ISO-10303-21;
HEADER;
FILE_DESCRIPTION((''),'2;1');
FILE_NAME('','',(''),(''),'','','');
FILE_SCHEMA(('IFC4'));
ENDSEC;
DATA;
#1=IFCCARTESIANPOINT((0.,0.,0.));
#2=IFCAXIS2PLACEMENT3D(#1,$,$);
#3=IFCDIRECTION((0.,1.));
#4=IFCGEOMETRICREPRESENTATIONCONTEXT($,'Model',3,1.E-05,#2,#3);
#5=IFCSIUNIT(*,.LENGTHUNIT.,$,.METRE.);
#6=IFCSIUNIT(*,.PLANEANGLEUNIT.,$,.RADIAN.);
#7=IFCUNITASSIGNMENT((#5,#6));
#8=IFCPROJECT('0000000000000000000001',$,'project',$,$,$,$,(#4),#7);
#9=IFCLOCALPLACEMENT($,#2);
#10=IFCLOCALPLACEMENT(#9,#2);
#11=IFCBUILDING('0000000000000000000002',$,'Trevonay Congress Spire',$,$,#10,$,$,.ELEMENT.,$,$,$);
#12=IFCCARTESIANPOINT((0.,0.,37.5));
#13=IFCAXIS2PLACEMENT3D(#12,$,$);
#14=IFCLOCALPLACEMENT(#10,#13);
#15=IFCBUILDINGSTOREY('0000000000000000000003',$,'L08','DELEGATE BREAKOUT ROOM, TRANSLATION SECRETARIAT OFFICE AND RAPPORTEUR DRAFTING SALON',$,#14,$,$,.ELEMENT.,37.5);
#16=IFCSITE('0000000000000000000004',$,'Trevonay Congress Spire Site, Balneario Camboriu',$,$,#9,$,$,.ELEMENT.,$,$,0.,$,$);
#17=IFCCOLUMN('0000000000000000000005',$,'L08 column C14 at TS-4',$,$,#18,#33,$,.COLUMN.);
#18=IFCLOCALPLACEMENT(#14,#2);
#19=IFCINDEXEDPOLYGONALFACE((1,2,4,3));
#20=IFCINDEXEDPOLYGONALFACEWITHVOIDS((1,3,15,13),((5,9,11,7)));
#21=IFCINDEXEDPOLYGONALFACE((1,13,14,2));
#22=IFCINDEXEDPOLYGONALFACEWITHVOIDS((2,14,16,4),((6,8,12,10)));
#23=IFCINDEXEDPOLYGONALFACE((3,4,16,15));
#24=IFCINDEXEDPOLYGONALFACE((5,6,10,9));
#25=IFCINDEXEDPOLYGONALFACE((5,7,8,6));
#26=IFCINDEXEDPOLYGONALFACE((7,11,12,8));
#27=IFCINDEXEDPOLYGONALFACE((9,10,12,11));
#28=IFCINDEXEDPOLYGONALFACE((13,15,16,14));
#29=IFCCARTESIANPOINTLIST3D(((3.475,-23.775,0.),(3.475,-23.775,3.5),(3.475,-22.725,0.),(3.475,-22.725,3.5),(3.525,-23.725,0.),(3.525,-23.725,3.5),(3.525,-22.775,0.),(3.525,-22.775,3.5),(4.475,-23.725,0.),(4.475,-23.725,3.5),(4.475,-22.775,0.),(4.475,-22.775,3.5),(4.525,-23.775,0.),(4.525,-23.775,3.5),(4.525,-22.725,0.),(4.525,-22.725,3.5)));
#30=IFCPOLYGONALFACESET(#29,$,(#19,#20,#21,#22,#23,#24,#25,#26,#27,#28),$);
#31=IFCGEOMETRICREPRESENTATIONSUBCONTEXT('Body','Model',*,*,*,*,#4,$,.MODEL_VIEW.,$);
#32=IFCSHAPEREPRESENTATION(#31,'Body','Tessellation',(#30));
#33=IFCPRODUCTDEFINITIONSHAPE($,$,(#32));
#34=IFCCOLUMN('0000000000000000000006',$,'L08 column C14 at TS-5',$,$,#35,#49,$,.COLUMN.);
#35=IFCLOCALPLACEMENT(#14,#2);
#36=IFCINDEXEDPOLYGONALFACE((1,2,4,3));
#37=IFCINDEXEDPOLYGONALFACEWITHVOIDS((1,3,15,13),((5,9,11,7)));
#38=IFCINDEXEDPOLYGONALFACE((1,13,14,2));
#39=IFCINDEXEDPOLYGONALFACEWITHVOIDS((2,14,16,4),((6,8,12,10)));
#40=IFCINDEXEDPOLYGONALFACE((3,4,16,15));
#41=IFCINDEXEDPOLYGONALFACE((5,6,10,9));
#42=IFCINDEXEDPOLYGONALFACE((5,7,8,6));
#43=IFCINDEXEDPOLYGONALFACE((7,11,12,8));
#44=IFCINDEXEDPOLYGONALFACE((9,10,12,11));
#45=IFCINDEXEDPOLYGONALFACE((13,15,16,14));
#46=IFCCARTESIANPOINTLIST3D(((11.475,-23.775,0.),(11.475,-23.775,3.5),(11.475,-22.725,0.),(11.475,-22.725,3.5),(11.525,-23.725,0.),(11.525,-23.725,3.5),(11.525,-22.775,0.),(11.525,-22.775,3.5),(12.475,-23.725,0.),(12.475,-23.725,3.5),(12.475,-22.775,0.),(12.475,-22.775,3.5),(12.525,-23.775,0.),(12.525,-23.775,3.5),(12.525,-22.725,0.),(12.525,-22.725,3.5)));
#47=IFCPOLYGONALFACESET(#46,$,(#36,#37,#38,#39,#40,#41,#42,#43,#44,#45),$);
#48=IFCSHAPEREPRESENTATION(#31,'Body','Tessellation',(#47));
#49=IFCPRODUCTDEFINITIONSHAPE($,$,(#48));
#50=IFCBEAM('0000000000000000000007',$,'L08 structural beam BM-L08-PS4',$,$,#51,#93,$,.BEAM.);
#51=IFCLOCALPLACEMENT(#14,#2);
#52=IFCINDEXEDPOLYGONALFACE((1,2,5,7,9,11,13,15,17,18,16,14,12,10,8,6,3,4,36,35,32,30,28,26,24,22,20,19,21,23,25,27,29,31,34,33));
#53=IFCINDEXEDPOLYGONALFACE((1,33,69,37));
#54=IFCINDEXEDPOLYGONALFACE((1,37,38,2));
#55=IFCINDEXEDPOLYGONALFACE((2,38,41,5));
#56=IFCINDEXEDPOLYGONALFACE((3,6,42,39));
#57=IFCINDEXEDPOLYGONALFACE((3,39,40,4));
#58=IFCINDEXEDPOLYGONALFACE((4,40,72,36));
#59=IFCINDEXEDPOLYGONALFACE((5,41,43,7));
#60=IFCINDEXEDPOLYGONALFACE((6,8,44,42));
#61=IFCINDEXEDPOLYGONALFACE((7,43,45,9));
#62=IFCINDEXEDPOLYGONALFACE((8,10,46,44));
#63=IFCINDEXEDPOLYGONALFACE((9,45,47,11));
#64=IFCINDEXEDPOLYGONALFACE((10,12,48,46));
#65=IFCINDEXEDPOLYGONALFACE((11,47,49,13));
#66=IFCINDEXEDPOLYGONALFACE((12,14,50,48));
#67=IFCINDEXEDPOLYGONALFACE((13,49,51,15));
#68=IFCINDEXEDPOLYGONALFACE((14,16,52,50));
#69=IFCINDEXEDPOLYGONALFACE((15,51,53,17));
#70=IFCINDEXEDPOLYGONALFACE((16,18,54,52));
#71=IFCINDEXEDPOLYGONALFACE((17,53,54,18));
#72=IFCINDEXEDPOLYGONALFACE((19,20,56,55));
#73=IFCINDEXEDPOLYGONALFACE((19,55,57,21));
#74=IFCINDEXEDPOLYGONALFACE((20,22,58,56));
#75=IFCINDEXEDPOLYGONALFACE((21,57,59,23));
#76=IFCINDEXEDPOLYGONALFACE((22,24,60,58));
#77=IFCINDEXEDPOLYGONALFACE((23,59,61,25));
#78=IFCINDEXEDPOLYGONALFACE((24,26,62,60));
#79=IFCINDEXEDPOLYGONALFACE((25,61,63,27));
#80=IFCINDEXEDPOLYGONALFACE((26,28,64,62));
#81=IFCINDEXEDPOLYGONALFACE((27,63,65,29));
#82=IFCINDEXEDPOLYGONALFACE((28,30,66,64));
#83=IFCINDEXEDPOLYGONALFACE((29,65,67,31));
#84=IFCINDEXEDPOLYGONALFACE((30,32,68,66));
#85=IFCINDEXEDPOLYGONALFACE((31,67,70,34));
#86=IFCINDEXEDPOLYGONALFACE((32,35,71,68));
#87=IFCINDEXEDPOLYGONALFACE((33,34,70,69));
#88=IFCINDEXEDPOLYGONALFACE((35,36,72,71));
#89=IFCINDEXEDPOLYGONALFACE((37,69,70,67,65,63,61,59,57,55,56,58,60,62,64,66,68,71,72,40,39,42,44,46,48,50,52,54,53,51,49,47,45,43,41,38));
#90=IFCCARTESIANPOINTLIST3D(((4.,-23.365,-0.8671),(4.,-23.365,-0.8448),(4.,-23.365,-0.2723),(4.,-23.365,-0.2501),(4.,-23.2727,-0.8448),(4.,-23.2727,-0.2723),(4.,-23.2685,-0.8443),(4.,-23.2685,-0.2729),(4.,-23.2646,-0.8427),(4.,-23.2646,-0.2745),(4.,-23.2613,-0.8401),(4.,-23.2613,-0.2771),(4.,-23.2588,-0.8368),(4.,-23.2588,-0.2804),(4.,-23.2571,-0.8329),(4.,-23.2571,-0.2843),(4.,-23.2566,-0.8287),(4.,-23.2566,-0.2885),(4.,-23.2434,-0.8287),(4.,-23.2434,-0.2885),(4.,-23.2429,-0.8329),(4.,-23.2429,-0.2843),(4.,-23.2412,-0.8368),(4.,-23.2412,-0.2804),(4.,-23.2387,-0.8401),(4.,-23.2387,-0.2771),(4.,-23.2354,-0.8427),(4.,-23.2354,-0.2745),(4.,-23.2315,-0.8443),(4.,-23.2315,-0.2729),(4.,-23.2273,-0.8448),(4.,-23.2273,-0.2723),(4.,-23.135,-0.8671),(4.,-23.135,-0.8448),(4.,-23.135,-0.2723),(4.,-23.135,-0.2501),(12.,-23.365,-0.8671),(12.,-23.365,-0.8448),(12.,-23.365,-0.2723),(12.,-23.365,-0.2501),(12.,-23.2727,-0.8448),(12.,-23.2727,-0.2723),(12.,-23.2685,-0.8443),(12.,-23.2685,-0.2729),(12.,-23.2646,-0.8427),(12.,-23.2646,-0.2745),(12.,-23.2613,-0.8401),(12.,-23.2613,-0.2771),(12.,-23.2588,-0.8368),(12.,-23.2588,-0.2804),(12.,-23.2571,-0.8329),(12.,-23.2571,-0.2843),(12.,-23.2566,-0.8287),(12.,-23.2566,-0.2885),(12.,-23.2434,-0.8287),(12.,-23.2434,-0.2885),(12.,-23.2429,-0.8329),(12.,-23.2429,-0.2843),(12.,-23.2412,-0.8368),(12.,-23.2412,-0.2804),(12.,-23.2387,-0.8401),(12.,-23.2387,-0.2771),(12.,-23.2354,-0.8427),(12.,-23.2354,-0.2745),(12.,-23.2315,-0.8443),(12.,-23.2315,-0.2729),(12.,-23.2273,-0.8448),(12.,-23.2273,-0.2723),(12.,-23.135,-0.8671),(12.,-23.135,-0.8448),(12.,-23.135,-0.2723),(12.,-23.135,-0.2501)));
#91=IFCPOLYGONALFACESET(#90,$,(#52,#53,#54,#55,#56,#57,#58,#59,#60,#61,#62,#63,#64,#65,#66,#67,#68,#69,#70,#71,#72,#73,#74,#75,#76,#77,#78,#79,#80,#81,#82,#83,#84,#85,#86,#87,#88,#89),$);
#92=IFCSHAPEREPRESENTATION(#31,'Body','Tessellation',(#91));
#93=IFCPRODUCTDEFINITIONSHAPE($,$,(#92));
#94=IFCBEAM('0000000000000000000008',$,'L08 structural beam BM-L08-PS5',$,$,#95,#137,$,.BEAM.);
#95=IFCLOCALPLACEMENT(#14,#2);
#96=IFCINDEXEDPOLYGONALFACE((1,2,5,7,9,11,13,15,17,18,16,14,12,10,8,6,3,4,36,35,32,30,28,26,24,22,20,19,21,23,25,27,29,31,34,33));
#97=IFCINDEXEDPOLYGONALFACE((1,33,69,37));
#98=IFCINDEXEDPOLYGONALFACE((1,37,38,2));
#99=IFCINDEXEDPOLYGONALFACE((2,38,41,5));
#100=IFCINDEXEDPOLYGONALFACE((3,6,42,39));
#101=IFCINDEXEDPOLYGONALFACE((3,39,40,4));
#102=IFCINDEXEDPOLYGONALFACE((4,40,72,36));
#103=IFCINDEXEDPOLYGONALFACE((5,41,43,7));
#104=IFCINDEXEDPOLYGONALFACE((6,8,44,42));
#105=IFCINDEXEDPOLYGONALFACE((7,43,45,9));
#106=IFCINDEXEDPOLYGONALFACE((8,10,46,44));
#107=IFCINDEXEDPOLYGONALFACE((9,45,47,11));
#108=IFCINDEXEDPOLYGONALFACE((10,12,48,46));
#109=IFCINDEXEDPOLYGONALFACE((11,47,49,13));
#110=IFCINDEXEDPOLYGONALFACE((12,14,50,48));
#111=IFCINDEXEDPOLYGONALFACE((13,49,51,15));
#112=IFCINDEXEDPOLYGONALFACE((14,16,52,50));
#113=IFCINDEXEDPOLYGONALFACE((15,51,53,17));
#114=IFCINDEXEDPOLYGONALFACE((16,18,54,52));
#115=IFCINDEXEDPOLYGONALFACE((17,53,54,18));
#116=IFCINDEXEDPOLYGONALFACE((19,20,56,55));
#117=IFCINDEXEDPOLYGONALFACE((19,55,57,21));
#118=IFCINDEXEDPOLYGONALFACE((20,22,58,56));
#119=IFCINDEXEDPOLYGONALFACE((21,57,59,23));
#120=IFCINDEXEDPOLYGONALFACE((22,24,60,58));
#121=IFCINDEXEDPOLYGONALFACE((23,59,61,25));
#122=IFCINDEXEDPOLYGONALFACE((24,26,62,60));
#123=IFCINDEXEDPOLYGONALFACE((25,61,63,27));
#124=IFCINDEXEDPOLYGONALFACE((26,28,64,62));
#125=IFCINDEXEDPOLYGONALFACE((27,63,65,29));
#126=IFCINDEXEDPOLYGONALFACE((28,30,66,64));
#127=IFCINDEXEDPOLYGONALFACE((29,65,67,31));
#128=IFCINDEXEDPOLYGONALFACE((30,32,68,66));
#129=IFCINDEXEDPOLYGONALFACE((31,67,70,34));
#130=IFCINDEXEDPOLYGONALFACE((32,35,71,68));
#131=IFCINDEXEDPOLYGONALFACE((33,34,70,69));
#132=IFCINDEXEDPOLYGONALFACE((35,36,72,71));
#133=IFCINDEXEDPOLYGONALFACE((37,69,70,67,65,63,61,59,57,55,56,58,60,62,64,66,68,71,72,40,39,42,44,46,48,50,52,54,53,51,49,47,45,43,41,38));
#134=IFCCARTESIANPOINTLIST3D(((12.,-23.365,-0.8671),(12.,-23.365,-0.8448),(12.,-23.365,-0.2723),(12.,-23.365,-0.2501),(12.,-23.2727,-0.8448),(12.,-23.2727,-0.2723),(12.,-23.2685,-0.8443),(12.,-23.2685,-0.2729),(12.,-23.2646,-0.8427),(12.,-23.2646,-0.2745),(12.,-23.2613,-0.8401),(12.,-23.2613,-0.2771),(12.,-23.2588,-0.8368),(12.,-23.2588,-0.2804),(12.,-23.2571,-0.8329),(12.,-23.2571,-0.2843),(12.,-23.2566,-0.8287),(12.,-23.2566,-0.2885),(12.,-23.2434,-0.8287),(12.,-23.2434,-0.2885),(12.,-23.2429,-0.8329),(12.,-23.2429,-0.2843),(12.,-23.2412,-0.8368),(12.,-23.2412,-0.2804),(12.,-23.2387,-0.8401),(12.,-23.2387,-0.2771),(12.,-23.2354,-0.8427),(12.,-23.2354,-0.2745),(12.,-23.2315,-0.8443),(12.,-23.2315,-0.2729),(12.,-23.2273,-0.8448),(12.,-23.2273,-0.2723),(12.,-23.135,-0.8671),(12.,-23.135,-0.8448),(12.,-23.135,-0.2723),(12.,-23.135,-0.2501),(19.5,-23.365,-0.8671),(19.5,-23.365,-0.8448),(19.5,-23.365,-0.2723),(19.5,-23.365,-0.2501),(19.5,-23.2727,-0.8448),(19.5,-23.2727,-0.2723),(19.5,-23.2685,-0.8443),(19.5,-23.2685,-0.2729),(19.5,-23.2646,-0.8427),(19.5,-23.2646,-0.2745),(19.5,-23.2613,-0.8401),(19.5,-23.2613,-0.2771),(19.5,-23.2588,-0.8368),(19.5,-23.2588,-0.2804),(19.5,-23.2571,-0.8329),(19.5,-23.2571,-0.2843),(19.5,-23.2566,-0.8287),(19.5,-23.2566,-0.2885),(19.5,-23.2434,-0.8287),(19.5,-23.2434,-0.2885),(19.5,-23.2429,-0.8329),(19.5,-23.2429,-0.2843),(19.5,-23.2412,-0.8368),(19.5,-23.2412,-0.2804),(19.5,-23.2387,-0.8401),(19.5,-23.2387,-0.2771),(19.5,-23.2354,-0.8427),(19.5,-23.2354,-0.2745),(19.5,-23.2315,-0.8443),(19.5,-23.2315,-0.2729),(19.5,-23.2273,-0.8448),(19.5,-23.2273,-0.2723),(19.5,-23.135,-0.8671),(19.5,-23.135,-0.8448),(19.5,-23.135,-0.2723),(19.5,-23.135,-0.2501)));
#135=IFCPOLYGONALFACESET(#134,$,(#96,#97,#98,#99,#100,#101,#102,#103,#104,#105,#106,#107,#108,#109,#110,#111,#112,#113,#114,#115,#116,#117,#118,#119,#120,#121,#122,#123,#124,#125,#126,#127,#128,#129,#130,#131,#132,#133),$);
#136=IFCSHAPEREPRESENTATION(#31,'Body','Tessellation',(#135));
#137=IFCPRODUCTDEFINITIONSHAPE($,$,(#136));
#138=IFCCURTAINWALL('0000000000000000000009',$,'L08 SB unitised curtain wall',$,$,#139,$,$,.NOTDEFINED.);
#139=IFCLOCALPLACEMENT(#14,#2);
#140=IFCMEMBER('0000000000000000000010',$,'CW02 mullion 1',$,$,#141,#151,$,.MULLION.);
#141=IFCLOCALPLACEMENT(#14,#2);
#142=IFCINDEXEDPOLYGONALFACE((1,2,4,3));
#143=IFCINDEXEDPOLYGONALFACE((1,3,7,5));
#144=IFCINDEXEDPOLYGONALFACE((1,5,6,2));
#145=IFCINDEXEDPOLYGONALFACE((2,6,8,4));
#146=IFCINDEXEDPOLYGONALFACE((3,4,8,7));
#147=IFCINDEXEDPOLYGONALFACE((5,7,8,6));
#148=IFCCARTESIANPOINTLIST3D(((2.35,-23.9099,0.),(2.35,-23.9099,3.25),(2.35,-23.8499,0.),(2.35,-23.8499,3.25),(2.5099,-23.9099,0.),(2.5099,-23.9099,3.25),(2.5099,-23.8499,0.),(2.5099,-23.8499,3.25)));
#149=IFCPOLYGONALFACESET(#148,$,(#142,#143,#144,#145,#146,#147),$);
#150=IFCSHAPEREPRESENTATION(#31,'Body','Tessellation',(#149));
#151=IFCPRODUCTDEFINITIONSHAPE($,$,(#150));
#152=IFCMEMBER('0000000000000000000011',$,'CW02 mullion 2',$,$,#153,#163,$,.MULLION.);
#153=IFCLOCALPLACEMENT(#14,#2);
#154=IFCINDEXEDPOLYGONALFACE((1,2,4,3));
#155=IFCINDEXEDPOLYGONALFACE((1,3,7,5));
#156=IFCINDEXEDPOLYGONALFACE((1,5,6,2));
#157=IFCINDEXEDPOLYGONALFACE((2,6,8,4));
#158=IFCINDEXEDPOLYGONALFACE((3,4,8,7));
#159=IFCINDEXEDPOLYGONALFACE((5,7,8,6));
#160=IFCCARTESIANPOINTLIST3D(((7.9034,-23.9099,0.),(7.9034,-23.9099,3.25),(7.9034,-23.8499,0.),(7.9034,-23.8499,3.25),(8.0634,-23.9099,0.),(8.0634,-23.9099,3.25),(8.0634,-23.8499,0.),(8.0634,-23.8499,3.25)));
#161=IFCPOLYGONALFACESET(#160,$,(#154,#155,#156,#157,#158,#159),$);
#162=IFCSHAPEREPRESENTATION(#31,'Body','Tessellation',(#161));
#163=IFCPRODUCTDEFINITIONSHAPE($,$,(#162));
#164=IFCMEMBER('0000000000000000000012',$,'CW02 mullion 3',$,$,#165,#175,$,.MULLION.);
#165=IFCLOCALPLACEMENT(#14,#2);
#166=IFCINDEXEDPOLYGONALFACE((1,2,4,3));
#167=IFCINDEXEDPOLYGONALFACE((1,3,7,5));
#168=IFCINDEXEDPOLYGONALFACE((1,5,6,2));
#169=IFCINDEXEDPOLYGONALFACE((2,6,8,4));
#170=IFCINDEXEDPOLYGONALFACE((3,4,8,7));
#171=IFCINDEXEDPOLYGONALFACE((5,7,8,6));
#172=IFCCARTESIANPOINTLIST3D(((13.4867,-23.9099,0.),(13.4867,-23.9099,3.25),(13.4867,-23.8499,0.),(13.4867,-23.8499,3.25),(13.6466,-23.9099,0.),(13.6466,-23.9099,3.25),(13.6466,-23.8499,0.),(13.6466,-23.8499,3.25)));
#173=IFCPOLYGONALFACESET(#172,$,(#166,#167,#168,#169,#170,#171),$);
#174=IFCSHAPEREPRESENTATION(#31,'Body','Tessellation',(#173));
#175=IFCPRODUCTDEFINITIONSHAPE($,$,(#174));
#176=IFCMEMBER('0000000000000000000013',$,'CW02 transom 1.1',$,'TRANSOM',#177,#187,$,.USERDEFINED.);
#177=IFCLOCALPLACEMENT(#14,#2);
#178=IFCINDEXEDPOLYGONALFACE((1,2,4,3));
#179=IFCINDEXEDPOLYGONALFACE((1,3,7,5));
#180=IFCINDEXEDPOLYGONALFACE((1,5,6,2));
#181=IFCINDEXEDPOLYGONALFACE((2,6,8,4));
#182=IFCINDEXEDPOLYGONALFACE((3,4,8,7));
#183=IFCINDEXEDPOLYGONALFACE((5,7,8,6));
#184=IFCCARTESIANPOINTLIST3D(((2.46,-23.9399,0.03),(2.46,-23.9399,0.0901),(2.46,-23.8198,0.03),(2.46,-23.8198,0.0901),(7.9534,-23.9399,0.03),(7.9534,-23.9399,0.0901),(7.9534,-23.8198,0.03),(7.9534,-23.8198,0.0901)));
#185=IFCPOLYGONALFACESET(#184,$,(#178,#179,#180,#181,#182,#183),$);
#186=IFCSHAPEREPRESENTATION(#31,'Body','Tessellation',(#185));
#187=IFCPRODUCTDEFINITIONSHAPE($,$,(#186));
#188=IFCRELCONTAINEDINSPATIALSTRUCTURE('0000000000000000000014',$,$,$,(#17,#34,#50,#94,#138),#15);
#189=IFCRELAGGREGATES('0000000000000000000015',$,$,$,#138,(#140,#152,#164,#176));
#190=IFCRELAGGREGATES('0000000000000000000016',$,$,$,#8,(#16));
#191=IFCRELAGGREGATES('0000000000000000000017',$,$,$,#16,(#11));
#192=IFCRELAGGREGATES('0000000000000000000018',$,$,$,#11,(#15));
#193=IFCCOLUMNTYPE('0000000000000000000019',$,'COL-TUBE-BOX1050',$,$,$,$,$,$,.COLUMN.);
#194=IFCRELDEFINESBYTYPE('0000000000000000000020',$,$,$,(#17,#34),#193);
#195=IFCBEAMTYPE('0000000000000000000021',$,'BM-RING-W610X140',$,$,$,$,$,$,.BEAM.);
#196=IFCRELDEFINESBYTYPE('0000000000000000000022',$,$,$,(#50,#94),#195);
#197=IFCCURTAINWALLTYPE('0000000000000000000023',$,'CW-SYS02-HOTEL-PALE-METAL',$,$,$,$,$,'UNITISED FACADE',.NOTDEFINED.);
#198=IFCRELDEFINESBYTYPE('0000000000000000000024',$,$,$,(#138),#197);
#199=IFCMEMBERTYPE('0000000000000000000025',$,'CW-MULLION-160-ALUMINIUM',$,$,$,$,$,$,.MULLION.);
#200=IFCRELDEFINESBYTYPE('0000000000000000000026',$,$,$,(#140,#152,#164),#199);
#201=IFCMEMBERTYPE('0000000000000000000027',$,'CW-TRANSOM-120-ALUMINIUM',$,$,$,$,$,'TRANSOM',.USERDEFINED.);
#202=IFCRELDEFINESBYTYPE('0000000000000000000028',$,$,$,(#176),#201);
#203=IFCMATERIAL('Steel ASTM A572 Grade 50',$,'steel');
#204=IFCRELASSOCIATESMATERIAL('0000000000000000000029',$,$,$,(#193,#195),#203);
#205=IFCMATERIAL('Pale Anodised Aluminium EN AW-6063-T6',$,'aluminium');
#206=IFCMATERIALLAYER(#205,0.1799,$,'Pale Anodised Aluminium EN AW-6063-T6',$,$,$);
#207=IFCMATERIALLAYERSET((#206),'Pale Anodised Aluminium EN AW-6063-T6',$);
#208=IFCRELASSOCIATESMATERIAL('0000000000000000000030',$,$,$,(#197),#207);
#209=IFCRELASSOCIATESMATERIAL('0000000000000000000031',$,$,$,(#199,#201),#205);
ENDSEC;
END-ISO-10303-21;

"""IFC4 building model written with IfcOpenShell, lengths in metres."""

from ifc_helpers import new_model, si_unit, direction, frame, origin, origin_2d, place, context, subcontext, project, spatial, rectangle, hollow_rectangle, i_section, extrude, material, layer, layer_set, material_profile, profile_set, type_object, element, aggregate, save


model = new_model("IFC4")

# Units and contexts
model_context = context("Model", 3, precision=1e-05, world=origin(), true_north=direction((0.0, 1.0)))
body_context = subcontext(model_context, "Body", "Model", "MODEL_VIEW")
ifc_project = project(units=[si_unit("LENGTHUNIT", "METRE"), si_unit("PLANEANGLEUNIT", "RADIAN")], contexts=[model_context])

# Site, building, storey
site_placement = place(None, origin())
site = spatial("IfcSite", under=ifc_project, at=site_placement, Name="Trevonay Congress Spire Site, Balneario Camboriu", CompositionType="ELEMENT", RefElevation=0.0)
building_placement = place(site_placement, origin())
building = spatial("IfcBuilding", under=site, at=building_placement, Name="Trevonay Congress Spire", CompositionType="ELEMENT")
storey_placement = place(building_placement, frame((0.0, 0.0, 37.5)))
storey = spatial("IfcBuildingStorey", under=building, at=storey_placement, Name="L08", Description="DELEGATE BREAKOUT ROOM, TRANSLATION SECRETARIAT OFFICE AND RAPPORTEUR DRAFTING SALON", CompositionType="ELEMENT", Elevation=37.5)

# Columns
ifc_material_1 = material(Name="Steel ASTM A572 Grade 50", Category="steel")
ifc_material_profile_1 = material_profile(ifc_material_1, hollow_rectangle(XDim=1.05, YDim=1.05, WallThickness=0.05, at=origin_2d()), Name="BOX 1050x1050x50")
ifc_profile_set_1 = profile_set([ifc_material_profile_1], Name="Steel ASTM A572 Grade 50")
column_type = type_object("IfcColumnType", Name="COL-TUBE-BOX1050", PredefinedType="COLUMN", material=ifc_profile_set_1)
for number, where, z_axis, x_axis, name in (
    (1, (4.0, -23.25, 0.0), (0.0, 0.0, 1.0), (1.0, 0.0, 0.0), "L08 column C14 at TS-4"),
    (2, (12.0, -23.25, 0.0), (0.0, 0.0, 1.0), (1.0, 0.0, 0.0), "L08 column C14 at TS-5"),
):
    element("IfcColumn", number, at=place(storey_placement, frame(where, z_axis=z_axis, x_axis=x_axis)), inside=storey, type_object=column_type, Name=name, PredefinedType="COLUMN", context=body_context, shape_type="SweptSolid", body=[
        extrude(hollow_rectangle(XDim=1.05, YDim=1.05, WallThickness=0.05, at=origin_2d()), origin(), (0.0, 0.0, 1.0), 3.5),
    ])

# Beams
ifc_material_profile_2 = material_profile(ifc_material_1, i_section(OverallWidth=0.23, OverallDepth=0.6169, WebThickness=0.0132, FlangeThickness=0.0222, FilletRadius=0.0161, at=origin_2d()), Name="W610x140")
ifc_profile_set_2 = profile_set([ifc_material_profile_2], Name="Steel ASTM A572 Grade 50")
beam_type = type_object("IfcBeamType", Name="BM-RING-W610X140", PredefinedType="BEAM", material=ifc_profile_set_2)
beam_1_placement = place(storey_placement, frame((4.0, -23.25, -0.5586), z_axis=(1.0, 0.0, 0.0), x_axis=(0.0, 1.0, 0.0)))
element("IfcBeam", 3, at=beam_1_placement, inside=storey, type_object=beam_type, Name="L08 structural beam BM-L08-PS4", PredefinedType="BEAM", context=body_context, shape_type="SweptSolid", body=[
    extrude(i_section(OverallWidth=0.23, OverallDepth=0.6169, WebThickness=0.0132, FlangeThickness=0.0222, FilletRadius=0.0161, at=origin_2d()), origin(), (0.0, 0.0, 1.0), 8.0),
])
beam_2_placement = place(storey_placement, frame((12.0, -23.25, -0.5586), z_axis=(1.0, 0.0, 0.0), x_axis=(0.0, 1.0, 0.0)))
element("IfcBeam", 4, at=beam_2_placement, inside=storey, type_object=beam_type, Name="L08 structural beam BM-L08-PS5", PredefinedType="BEAM", context=body_context, shape_type="SweptSolid", body=[
    extrude(i_section(OverallWidth=0.23, OverallDepth=0.6169, WebThickness=0.0132, FlangeThickness=0.0222, FilletRadius=0.0161, at=origin_2d()), origin(), (0.0, 0.0, 1.0), 7.5),
])

# Curtain wall, members
ifc_material_2 = material(Name="Pale Anodised Aluminium EN AW-6063-T6", Category="aluminium")
ifc_layer_1 = layer(ifc_material_2, 0.1799, Name="Pale Anodised Aluminium EN AW-6063-T6")
ifc_layer_set_1 = layer_set([ifc_layer_1], Name="Pale Anodised Aluminium EN AW-6063-T6")
curtain_wall_type = type_object("IfcCurtainWallType", Name="CW-SYS02-HOTEL-PALE-METAL", ElementType="UNITISED FACADE", PredefinedType="NOTDEFINED", material=ifc_layer_set_1)
curtain_wall_placement = place(storey_placement, origin())
curtain_wall = element("IfcCurtainWall", 5, at=curtain_wall_placement, inside=storey, type_object=curtain_wall_type, Name="L08 SB unitised curtain wall", PredefinedType="NOTDEFINED")
ifc_material_profile_3 = material_profile(ifc_material_2, rectangle(XDim=0.0601, YDim=0.1599, at=origin_2d()), Name="CW-MULLION-160-ALUMINIUM")
ifc_profile_set_3 = profile_set([ifc_material_profile_3], Name="Pale Anodised Aluminium EN AW-6063-T6")
member_type_1 = type_object("IfcMemberType", Name="CW-MULLION-160-ALUMINIUM", PredefinedType="MULLION", material=ifc_profile_set_3)
member_1_placement = place(storey_placement, frame((2.4299, -23.8799, 0.0), z_axis=(0.0, 0.0, 1.0), x_axis=(0.0, 1.0, 0.0)))
member_1 = element("IfcMember", 6, at=member_1_placement, type_object=member_type_1, Name="CW02 mullion 1", PredefinedType="MULLION", context=body_context, shape_type="SweptSolid", body=[
    extrude(rectangle(XDim=0.0601, YDim=0.1599, at=origin_2d()), origin(), (0.0, 0.0, 1.0), 3.25),
])
member_2_placement = place(storey_placement, frame((7.9834, -23.8799, 0.0), z_axis=(0.0, 0.0, 1.0), x_axis=(0.0, 1.0, 0.0)))
member_2 = element("IfcMember", 7, at=member_2_placement, type_object=member_type_1, Name="CW02 mullion 2", PredefinedType="MULLION", context=body_context, shape_type="SweptSolid", body=[
    extrude(rectangle(XDim=0.0601, YDim=0.1599, at=origin_2d()), origin(), (0.0, 0.0, 1.0), 3.25),
])
member_3_placement = place(storey_placement, frame((13.5667, -23.8799, 0.0), z_axis=(0.0, 0.0, 1.0), x_axis=(0.0, 1.0, 0.0)))
member_3 = element("IfcMember", 8, at=member_3_placement, type_object=member_type_1, Name="CW02 mullion 3", PredefinedType="MULLION", context=body_context, shape_type="SweptSolid", body=[
    extrude(rectangle(XDim=0.0601, YDim=0.1599, at=origin_2d()), origin(), (0.0, 0.0, 1.0), 3.25),
])
ifc_material_profile_4 = material_profile(ifc_material_2, rectangle(XDim=0.1201, YDim=0.0601, at=origin_2d()), Name="CW-TRANSOM-120-ALUMINIUM")
ifc_profile_set_4 = profile_set([ifc_material_profile_4], Name="Pale Anodised Aluminium EN AW-6063-T6")
member_type_2 = type_object("IfcMemberType", Name="CW-TRANSOM-120-ALUMINIUM", ElementType="TRANSOM", PredefinedType="USERDEFINED", material=ifc_profile_set_4)
member_4_placement = place(storey_placement, frame((2.46, -23.8799, 0.0601), z_axis=(1.0, 0.0, 0.0), x_axis=(0.0, 1.0, 0.0)))
member_4 = element("IfcMember", 9, at=member_4_placement, type_object=member_type_2, Name="CW02 transom 1.1", ObjectType="TRANSOM", PredefinedType="USERDEFINED", context=body_context, shape_type="SweptSolid", body=[
    extrude(rectangle(XDim=0.1201, YDim=0.0601, at=origin_2d()), origin(), (0.0, 0.0, 1.0), 5.4934),
])
aggregate(curtain_wall, [member_1, member_2, member_3, member_4])

save(model, "model.ifc")
